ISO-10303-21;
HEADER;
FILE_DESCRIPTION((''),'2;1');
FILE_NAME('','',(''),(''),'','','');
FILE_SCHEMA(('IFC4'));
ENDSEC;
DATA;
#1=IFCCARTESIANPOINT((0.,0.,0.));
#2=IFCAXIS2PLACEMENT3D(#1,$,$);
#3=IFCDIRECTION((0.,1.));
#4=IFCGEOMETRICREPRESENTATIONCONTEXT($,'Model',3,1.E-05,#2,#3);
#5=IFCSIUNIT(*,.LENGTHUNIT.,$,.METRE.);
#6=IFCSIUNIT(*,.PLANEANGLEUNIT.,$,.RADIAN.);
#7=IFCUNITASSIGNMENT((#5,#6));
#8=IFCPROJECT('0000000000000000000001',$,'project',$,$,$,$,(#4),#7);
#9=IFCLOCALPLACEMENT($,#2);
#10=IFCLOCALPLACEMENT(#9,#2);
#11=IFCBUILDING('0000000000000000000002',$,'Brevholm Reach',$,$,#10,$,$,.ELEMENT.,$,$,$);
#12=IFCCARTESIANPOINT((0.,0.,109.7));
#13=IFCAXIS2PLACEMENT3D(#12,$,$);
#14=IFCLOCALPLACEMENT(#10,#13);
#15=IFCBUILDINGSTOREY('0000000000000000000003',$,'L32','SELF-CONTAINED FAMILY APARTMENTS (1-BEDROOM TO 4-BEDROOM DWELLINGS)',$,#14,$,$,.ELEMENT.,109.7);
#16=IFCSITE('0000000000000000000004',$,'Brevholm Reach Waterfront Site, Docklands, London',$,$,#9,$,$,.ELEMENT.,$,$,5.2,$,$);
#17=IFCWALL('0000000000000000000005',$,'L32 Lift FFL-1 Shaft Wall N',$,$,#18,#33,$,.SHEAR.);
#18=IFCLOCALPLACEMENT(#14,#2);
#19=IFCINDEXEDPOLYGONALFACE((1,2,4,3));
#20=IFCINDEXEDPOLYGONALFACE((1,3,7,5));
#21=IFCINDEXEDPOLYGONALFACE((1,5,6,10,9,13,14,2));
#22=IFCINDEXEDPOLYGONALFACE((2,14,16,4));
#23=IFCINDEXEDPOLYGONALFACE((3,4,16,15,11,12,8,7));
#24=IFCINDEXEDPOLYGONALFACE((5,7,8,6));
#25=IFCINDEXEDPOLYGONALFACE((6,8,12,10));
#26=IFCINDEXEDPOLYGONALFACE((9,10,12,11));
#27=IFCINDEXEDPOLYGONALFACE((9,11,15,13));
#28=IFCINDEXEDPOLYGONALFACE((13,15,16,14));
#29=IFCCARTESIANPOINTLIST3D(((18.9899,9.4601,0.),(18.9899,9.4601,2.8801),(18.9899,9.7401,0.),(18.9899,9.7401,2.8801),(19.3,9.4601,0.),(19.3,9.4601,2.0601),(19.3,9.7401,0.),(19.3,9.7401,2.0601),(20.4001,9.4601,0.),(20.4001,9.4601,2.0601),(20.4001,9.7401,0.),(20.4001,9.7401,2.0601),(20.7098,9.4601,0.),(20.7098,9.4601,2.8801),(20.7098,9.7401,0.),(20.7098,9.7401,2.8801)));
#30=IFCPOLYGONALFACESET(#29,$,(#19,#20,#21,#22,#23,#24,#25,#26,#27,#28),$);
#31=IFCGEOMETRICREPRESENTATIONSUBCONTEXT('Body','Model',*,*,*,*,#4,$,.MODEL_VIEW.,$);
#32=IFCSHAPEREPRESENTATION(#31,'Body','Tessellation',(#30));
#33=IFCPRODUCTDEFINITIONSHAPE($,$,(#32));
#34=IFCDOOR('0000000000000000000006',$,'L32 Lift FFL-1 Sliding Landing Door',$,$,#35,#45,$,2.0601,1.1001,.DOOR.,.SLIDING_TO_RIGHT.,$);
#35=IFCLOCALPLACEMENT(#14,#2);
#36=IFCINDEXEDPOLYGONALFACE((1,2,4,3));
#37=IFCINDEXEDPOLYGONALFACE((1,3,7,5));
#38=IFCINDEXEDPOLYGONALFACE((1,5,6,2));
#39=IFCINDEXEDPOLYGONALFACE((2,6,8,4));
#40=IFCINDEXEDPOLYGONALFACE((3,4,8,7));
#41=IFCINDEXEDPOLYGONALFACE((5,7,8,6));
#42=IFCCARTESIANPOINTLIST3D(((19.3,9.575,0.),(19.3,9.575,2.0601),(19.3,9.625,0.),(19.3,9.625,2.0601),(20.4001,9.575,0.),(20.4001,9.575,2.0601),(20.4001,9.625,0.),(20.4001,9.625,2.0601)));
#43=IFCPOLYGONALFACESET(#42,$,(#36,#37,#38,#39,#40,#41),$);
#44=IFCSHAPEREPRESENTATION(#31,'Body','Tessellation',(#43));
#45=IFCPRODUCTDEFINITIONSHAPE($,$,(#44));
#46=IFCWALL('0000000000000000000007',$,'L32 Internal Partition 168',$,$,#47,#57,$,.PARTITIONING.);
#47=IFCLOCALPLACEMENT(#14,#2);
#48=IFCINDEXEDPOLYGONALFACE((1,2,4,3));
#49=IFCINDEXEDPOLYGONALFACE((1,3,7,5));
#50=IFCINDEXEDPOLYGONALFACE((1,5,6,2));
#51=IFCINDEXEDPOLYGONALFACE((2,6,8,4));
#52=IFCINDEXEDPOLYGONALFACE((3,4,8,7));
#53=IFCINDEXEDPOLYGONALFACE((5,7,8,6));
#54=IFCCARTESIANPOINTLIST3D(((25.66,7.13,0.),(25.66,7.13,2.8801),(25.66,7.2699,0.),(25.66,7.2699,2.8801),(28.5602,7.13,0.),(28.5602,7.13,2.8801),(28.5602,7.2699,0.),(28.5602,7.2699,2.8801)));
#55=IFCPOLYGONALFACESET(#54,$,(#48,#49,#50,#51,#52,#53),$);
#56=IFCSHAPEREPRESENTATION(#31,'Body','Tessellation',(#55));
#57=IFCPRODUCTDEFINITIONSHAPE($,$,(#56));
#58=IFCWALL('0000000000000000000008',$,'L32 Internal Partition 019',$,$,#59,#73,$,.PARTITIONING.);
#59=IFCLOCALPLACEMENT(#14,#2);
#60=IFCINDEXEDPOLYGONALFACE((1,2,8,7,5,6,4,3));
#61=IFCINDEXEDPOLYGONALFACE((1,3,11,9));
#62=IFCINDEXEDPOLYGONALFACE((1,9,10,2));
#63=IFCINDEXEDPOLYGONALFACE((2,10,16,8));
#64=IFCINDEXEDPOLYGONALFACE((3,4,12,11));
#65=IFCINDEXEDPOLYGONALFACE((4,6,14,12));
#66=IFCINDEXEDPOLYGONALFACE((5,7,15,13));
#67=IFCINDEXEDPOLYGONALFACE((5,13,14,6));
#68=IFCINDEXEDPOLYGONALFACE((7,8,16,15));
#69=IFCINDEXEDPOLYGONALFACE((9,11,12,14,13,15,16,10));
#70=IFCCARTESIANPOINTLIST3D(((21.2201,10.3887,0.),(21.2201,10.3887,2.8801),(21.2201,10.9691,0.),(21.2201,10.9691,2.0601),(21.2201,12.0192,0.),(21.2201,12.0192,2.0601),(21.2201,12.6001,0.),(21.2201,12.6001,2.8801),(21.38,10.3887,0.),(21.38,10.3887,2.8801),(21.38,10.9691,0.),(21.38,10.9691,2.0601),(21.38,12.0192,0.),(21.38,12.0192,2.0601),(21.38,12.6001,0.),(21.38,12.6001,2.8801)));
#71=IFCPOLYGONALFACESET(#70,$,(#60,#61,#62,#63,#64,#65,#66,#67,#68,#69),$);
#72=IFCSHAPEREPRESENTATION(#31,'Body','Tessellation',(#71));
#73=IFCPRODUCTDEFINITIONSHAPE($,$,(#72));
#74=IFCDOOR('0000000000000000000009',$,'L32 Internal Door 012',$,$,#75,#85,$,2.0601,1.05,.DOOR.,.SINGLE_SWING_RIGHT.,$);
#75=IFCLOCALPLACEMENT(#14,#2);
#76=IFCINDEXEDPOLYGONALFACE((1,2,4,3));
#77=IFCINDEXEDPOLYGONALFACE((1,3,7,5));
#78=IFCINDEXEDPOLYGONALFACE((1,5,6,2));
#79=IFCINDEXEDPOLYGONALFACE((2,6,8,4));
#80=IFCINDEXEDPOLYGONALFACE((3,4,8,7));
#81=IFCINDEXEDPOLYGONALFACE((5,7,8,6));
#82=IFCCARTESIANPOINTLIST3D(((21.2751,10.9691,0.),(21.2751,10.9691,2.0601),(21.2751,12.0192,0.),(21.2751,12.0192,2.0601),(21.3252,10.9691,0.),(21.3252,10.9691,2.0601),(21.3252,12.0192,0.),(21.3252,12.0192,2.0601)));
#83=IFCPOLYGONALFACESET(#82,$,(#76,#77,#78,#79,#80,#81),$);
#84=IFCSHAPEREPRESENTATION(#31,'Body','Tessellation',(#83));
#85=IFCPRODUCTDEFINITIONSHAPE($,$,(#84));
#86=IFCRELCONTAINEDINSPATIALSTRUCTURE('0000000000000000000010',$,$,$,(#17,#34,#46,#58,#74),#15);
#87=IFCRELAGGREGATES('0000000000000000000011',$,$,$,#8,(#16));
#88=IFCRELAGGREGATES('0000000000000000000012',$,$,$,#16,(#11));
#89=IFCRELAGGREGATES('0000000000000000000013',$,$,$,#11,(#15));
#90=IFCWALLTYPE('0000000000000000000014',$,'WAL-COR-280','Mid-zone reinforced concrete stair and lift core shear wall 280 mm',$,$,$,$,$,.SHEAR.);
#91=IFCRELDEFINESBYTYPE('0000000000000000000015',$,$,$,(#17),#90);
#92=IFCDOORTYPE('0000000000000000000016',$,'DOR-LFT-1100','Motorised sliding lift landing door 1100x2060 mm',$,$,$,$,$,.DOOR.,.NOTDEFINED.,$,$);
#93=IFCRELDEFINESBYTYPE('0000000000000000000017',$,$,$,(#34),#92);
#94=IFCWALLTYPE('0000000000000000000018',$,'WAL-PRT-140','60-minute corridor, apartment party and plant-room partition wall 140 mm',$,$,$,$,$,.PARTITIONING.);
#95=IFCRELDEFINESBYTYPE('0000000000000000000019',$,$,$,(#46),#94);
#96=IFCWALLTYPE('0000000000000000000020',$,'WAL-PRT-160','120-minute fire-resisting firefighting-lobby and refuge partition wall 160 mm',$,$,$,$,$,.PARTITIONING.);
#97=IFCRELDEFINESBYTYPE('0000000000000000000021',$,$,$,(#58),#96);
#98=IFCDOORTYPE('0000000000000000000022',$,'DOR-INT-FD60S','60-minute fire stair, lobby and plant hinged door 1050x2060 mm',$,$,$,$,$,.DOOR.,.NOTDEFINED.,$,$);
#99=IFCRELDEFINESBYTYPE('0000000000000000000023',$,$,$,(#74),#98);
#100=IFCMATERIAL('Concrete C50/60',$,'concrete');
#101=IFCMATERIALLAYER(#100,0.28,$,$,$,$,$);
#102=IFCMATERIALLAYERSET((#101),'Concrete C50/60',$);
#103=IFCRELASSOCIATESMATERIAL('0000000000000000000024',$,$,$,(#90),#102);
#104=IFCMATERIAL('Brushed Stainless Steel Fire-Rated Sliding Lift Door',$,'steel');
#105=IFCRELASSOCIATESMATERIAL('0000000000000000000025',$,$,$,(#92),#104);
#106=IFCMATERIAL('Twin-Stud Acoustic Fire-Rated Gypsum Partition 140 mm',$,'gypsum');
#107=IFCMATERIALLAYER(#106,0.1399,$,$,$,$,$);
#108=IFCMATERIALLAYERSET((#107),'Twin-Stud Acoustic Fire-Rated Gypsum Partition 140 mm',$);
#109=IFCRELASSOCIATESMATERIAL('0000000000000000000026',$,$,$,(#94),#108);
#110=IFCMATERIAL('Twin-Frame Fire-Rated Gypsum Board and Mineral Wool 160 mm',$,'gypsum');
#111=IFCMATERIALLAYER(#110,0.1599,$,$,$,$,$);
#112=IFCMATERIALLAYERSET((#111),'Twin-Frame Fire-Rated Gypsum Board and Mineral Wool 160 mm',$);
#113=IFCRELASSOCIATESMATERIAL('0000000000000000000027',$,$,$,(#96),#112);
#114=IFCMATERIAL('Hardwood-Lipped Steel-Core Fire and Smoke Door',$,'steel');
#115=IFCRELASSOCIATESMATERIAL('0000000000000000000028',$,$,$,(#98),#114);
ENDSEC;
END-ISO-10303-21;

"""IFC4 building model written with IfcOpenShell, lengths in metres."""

from ifc_helpers import new_model, si_unit, direction, frame, frame_2d, origin, place, context, subcontext, project, spatial, rectangle, extrude, material, layer, layer_set, type_object, element, fill, save


model = new_model("IFC4")

# Units and contexts
model_context = context("Model", 3, precision=1e-05, world=origin(), true_north=direction((0.0, 1.0)))
body_context = subcontext(model_context, "Body", "Model", "MODEL_VIEW")
ifc_project = project(units=[si_unit("LENGTHUNIT", "METRE"), si_unit("PLANEANGLEUNIT", "RADIAN")], contexts=[model_context])

# Site, building, storey
site_placement = place(None, origin())
site = spatial("IfcSite", under=ifc_project, at=site_placement, Name="Brevholm Reach Waterfront Site, Docklands, London", CompositionType="ELEMENT", RefElevation=5.2)
building_placement = place(site_placement, origin())
building = spatial("IfcBuilding", under=site, at=building_placement, Name="Brevholm Reach", CompositionType="ELEMENT")
storey_placement = place(building_placement, frame((0.0, 0.0, 109.7)))
storey = spatial("IfcBuildingStorey", under=building, at=storey_placement, Name="L32", Description="SELF-CONTAINED FAMILY APARTMENTS (1-BEDROOM TO 4-BEDROOM DWELLINGS)", CompositionType="ELEMENT", Elevation=109.7)

# Wall, opening, door
ifc_material_1 = material(Name="Concrete C50/60", Category="concrete")
ifc_layer_1 = layer(ifc_material_1, 0.28)
ifc_layer_set_1 = layer_set([ifc_layer_1], Name="Concrete C50/60")
wall_type_1 = type_object("IfcWallType", Name="WAL-COR-280", Description="Mid-zone reinforced concrete stair and lift core shear wall 280 mm", PredefinedType="SHEAR", material=ifc_layer_set_1)
wall_1_placement = place(storey_placement, frame((18.99, 9.6001, 0.0), z_axis=(0.0, 0.0, 1.0), x_axis=(1.0, 0.0, 0.0)))
wall_1 = element("IfcWall", 1, at=wall_1_placement, inside=storey, type_object=wall_type_1, Name="L32 Lift FFL-1 Shaft Wall N", PredefinedType="SHEAR", context=body_context, shape_type="SweptSolid", body=[
    extrude(rectangle(XDim=1.72, YDim=0.28, at=frame_2d((0.8599, 0.0))), origin(), (0.0, 0.0, 1.0), 2.8801),
])
opening_1_placement = place(wall_1_placement, frame((0.3101, 0.0, 0.0)))
opening_1 = element("IfcOpeningElement", 2, at=opening_1_placement, cuts=wall_1, PredefinedType="OPENING", context=body_context, shape_type="SweptSolid", body=[
    extrude(rectangle(XDim=1.1001, YDim=2.0601, at=frame_2d((0.55, 1.03))), frame((0.0, 0.1499, 0.0), z_axis=(0.0, -1.0, 0.0), x_axis=(1.0, 0.0, 0.0)), (0.0, 0.0, 1.0), 0.3),
])
ifc_material_2 = material(Name="Brushed Stainless Steel Fire-Rated Sliding Lift Door", Category="steel")
door_type_1 = type_object("IfcDoorType", Name="DOR-LFT-1100", Description="Motorised sliding lift landing door 1100x2060 mm", OperationType="NOTDEFINED", PredefinedType="DOOR", material=ifc_material_2)
door_1_placement = place(opening_1_placement, origin())
door_1 = element("IfcDoor", 3, at=door_1_placement, inside=storey, type_object=door_type_1, Name="L32 Lift FFL-1 Sliding Landing Door", OperationType="SLIDING_TO_RIGHT", OverallHeight=2.0601, OverallWidth=1.1001, PredefinedType="DOOR", context=body_context, shape_type="SweptSolid", body=[
    extrude(rectangle(XDim=1.1001, YDim=2.0601, at=frame_2d((0.55, 1.03))), frame((0.0, 0.0249, 0.0), z_axis=(0.0, -1.0, 0.0), x_axis=(1.0, 0.0, 0.0)), (0.0, 0.0, 1.0), 0.05),
])
fill(opening_1, door_1)

# Wall
ifc_material_3 = material(Name="Twin-Stud Acoustic Fire-Rated Gypsum Partition 140 mm", Category="gypsum")
ifc_layer_2 = layer(ifc_material_3, 0.1399)
ifc_layer_set_2 = layer_set([ifc_layer_2], Name="Twin-Stud Acoustic Fire-Rated Gypsum Partition 140 mm")
wall_type_2 = type_object("IfcWallType", Name="WAL-PRT-140", Description="60-minute corridor, apartment party and plant-room partition wall 140 mm", PredefinedType="PARTITIONING", material=ifc_layer_set_2)
wall_2_placement = place(storey_placement, frame((25.6599, 7.2, 0.0), z_axis=(0.0, 0.0, 1.0), x_axis=(1.0, 0.0, 0.0)))
element("IfcWall", 4, at=wall_2_placement, inside=storey, type_object=wall_type_2, Name="L32 Internal Partition 168", PredefinedType="PARTITIONING", context=body_context, shape_type="SweptSolid", body=[
    extrude(rectangle(XDim=2.9001, YDim=0.1399, at=frame_2d((1.4502, 0.0))), origin(), (0.0, 0.0, 1.0), 2.8801),
])

# Wall, opening, door
ifc_material_4 = material(Name="Twin-Frame Fire-Rated Gypsum Board and Mineral Wool 160 mm", Category="gypsum")
ifc_layer_3 = layer(ifc_material_4, 0.1599)
ifc_layer_set_3 = layer_set([ifc_layer_3], Name="Twin-Frame Fire-Rated Gypsum Board and Mineral Wool 160 mm")
wall_type_3 = type_object("IfcWallType", Name="WAL-PRT-160", Description="120-minute fire-resisting firefighting-lobby and refuge partition wall 160 mm", PredefinedType="PARTITIONING", material=ifc_layer_set_3)
wall_3_placement = place(storey_placement, frame((21.3, 10.3887, 0.0), z_axis=(0.0, 0.0, 1.0), x_axis=(0.0, 1.0, 0.0)))
wall_3 = element("IfcWall", 5, at=wall_3_placement, inside=storey, type_object=wall_type_3, Name="L32 Internal Partition 019", PredefinedType="PARTITIONING", context=body_context, shape_type="SweptSolid", body=[
    extrude(rectangle(XDim=2.2114, YDim=0.1599, at=frame_2d((1.1057, 0.0))), origin(), (0.0, 0.0, 1.0), 2.8801),
])
opening_2_placement = place(wall_3_placement, frame((0.5806, 0.0, 0.0)))
opening_2 = element("IfcOpeningElement", 6, at=opening_2_placement, cuts=wall_3, PredefinedType="OPENING", context=body_context, shape_type="SweptSolid", body=[
    extrude(rectangle(XDim=1.05, YDim=2.0601, at=frame_2d((0.5249, 1.03))), frame((0.0, 0.0898, 0.0), z_axis=(0.0, -1.0, 0.0), x_axis=(1.0, 0.0, 0.0)), (0.0, 0.0, 1.0), 0.1799),
])
ifc_material_5 = material(Name="Hardwood-Lipped Steel-Core Fire and Smoke Door", Category="steel")
door_type_2 = type_object("IfcDoorType", Name="DOR-INT-FD60S", Description="60-minute fire stair, lobby and plant hinged door 1050x2060 mm", OperationType="NOTDEFINED", PredefinedType="DOOR", material=ifc_material_5)
door_2_placement = place(opening_2_placement, origin())
door_2 = element("IfcDoor", 7, at=door_2_placement, inside=storey, type_object=door_type_2, Name="L32 Internal Door 012", OperationType="SINGLE_SWING_RIGHT", OverallHeight=2.0601, OverallWidth=1.05, PredefinedType="DOOR", context=body_context, shape_type="SweptSolid", body=[
    extrude(rectangle(XDim=1.05, YDim=2.0601, at=frame_2d((0.5249, 1.03))), frame((0.0, 0.0249, 0.0), z_axis=(0.0, -1.0, 0.0), x_axis=(1.0, 0.0, 0.0)), (0.0, 0.0, 1.0), 0.05),
])
fill(opening_2, door_2)

save(model, "model.ifc")
